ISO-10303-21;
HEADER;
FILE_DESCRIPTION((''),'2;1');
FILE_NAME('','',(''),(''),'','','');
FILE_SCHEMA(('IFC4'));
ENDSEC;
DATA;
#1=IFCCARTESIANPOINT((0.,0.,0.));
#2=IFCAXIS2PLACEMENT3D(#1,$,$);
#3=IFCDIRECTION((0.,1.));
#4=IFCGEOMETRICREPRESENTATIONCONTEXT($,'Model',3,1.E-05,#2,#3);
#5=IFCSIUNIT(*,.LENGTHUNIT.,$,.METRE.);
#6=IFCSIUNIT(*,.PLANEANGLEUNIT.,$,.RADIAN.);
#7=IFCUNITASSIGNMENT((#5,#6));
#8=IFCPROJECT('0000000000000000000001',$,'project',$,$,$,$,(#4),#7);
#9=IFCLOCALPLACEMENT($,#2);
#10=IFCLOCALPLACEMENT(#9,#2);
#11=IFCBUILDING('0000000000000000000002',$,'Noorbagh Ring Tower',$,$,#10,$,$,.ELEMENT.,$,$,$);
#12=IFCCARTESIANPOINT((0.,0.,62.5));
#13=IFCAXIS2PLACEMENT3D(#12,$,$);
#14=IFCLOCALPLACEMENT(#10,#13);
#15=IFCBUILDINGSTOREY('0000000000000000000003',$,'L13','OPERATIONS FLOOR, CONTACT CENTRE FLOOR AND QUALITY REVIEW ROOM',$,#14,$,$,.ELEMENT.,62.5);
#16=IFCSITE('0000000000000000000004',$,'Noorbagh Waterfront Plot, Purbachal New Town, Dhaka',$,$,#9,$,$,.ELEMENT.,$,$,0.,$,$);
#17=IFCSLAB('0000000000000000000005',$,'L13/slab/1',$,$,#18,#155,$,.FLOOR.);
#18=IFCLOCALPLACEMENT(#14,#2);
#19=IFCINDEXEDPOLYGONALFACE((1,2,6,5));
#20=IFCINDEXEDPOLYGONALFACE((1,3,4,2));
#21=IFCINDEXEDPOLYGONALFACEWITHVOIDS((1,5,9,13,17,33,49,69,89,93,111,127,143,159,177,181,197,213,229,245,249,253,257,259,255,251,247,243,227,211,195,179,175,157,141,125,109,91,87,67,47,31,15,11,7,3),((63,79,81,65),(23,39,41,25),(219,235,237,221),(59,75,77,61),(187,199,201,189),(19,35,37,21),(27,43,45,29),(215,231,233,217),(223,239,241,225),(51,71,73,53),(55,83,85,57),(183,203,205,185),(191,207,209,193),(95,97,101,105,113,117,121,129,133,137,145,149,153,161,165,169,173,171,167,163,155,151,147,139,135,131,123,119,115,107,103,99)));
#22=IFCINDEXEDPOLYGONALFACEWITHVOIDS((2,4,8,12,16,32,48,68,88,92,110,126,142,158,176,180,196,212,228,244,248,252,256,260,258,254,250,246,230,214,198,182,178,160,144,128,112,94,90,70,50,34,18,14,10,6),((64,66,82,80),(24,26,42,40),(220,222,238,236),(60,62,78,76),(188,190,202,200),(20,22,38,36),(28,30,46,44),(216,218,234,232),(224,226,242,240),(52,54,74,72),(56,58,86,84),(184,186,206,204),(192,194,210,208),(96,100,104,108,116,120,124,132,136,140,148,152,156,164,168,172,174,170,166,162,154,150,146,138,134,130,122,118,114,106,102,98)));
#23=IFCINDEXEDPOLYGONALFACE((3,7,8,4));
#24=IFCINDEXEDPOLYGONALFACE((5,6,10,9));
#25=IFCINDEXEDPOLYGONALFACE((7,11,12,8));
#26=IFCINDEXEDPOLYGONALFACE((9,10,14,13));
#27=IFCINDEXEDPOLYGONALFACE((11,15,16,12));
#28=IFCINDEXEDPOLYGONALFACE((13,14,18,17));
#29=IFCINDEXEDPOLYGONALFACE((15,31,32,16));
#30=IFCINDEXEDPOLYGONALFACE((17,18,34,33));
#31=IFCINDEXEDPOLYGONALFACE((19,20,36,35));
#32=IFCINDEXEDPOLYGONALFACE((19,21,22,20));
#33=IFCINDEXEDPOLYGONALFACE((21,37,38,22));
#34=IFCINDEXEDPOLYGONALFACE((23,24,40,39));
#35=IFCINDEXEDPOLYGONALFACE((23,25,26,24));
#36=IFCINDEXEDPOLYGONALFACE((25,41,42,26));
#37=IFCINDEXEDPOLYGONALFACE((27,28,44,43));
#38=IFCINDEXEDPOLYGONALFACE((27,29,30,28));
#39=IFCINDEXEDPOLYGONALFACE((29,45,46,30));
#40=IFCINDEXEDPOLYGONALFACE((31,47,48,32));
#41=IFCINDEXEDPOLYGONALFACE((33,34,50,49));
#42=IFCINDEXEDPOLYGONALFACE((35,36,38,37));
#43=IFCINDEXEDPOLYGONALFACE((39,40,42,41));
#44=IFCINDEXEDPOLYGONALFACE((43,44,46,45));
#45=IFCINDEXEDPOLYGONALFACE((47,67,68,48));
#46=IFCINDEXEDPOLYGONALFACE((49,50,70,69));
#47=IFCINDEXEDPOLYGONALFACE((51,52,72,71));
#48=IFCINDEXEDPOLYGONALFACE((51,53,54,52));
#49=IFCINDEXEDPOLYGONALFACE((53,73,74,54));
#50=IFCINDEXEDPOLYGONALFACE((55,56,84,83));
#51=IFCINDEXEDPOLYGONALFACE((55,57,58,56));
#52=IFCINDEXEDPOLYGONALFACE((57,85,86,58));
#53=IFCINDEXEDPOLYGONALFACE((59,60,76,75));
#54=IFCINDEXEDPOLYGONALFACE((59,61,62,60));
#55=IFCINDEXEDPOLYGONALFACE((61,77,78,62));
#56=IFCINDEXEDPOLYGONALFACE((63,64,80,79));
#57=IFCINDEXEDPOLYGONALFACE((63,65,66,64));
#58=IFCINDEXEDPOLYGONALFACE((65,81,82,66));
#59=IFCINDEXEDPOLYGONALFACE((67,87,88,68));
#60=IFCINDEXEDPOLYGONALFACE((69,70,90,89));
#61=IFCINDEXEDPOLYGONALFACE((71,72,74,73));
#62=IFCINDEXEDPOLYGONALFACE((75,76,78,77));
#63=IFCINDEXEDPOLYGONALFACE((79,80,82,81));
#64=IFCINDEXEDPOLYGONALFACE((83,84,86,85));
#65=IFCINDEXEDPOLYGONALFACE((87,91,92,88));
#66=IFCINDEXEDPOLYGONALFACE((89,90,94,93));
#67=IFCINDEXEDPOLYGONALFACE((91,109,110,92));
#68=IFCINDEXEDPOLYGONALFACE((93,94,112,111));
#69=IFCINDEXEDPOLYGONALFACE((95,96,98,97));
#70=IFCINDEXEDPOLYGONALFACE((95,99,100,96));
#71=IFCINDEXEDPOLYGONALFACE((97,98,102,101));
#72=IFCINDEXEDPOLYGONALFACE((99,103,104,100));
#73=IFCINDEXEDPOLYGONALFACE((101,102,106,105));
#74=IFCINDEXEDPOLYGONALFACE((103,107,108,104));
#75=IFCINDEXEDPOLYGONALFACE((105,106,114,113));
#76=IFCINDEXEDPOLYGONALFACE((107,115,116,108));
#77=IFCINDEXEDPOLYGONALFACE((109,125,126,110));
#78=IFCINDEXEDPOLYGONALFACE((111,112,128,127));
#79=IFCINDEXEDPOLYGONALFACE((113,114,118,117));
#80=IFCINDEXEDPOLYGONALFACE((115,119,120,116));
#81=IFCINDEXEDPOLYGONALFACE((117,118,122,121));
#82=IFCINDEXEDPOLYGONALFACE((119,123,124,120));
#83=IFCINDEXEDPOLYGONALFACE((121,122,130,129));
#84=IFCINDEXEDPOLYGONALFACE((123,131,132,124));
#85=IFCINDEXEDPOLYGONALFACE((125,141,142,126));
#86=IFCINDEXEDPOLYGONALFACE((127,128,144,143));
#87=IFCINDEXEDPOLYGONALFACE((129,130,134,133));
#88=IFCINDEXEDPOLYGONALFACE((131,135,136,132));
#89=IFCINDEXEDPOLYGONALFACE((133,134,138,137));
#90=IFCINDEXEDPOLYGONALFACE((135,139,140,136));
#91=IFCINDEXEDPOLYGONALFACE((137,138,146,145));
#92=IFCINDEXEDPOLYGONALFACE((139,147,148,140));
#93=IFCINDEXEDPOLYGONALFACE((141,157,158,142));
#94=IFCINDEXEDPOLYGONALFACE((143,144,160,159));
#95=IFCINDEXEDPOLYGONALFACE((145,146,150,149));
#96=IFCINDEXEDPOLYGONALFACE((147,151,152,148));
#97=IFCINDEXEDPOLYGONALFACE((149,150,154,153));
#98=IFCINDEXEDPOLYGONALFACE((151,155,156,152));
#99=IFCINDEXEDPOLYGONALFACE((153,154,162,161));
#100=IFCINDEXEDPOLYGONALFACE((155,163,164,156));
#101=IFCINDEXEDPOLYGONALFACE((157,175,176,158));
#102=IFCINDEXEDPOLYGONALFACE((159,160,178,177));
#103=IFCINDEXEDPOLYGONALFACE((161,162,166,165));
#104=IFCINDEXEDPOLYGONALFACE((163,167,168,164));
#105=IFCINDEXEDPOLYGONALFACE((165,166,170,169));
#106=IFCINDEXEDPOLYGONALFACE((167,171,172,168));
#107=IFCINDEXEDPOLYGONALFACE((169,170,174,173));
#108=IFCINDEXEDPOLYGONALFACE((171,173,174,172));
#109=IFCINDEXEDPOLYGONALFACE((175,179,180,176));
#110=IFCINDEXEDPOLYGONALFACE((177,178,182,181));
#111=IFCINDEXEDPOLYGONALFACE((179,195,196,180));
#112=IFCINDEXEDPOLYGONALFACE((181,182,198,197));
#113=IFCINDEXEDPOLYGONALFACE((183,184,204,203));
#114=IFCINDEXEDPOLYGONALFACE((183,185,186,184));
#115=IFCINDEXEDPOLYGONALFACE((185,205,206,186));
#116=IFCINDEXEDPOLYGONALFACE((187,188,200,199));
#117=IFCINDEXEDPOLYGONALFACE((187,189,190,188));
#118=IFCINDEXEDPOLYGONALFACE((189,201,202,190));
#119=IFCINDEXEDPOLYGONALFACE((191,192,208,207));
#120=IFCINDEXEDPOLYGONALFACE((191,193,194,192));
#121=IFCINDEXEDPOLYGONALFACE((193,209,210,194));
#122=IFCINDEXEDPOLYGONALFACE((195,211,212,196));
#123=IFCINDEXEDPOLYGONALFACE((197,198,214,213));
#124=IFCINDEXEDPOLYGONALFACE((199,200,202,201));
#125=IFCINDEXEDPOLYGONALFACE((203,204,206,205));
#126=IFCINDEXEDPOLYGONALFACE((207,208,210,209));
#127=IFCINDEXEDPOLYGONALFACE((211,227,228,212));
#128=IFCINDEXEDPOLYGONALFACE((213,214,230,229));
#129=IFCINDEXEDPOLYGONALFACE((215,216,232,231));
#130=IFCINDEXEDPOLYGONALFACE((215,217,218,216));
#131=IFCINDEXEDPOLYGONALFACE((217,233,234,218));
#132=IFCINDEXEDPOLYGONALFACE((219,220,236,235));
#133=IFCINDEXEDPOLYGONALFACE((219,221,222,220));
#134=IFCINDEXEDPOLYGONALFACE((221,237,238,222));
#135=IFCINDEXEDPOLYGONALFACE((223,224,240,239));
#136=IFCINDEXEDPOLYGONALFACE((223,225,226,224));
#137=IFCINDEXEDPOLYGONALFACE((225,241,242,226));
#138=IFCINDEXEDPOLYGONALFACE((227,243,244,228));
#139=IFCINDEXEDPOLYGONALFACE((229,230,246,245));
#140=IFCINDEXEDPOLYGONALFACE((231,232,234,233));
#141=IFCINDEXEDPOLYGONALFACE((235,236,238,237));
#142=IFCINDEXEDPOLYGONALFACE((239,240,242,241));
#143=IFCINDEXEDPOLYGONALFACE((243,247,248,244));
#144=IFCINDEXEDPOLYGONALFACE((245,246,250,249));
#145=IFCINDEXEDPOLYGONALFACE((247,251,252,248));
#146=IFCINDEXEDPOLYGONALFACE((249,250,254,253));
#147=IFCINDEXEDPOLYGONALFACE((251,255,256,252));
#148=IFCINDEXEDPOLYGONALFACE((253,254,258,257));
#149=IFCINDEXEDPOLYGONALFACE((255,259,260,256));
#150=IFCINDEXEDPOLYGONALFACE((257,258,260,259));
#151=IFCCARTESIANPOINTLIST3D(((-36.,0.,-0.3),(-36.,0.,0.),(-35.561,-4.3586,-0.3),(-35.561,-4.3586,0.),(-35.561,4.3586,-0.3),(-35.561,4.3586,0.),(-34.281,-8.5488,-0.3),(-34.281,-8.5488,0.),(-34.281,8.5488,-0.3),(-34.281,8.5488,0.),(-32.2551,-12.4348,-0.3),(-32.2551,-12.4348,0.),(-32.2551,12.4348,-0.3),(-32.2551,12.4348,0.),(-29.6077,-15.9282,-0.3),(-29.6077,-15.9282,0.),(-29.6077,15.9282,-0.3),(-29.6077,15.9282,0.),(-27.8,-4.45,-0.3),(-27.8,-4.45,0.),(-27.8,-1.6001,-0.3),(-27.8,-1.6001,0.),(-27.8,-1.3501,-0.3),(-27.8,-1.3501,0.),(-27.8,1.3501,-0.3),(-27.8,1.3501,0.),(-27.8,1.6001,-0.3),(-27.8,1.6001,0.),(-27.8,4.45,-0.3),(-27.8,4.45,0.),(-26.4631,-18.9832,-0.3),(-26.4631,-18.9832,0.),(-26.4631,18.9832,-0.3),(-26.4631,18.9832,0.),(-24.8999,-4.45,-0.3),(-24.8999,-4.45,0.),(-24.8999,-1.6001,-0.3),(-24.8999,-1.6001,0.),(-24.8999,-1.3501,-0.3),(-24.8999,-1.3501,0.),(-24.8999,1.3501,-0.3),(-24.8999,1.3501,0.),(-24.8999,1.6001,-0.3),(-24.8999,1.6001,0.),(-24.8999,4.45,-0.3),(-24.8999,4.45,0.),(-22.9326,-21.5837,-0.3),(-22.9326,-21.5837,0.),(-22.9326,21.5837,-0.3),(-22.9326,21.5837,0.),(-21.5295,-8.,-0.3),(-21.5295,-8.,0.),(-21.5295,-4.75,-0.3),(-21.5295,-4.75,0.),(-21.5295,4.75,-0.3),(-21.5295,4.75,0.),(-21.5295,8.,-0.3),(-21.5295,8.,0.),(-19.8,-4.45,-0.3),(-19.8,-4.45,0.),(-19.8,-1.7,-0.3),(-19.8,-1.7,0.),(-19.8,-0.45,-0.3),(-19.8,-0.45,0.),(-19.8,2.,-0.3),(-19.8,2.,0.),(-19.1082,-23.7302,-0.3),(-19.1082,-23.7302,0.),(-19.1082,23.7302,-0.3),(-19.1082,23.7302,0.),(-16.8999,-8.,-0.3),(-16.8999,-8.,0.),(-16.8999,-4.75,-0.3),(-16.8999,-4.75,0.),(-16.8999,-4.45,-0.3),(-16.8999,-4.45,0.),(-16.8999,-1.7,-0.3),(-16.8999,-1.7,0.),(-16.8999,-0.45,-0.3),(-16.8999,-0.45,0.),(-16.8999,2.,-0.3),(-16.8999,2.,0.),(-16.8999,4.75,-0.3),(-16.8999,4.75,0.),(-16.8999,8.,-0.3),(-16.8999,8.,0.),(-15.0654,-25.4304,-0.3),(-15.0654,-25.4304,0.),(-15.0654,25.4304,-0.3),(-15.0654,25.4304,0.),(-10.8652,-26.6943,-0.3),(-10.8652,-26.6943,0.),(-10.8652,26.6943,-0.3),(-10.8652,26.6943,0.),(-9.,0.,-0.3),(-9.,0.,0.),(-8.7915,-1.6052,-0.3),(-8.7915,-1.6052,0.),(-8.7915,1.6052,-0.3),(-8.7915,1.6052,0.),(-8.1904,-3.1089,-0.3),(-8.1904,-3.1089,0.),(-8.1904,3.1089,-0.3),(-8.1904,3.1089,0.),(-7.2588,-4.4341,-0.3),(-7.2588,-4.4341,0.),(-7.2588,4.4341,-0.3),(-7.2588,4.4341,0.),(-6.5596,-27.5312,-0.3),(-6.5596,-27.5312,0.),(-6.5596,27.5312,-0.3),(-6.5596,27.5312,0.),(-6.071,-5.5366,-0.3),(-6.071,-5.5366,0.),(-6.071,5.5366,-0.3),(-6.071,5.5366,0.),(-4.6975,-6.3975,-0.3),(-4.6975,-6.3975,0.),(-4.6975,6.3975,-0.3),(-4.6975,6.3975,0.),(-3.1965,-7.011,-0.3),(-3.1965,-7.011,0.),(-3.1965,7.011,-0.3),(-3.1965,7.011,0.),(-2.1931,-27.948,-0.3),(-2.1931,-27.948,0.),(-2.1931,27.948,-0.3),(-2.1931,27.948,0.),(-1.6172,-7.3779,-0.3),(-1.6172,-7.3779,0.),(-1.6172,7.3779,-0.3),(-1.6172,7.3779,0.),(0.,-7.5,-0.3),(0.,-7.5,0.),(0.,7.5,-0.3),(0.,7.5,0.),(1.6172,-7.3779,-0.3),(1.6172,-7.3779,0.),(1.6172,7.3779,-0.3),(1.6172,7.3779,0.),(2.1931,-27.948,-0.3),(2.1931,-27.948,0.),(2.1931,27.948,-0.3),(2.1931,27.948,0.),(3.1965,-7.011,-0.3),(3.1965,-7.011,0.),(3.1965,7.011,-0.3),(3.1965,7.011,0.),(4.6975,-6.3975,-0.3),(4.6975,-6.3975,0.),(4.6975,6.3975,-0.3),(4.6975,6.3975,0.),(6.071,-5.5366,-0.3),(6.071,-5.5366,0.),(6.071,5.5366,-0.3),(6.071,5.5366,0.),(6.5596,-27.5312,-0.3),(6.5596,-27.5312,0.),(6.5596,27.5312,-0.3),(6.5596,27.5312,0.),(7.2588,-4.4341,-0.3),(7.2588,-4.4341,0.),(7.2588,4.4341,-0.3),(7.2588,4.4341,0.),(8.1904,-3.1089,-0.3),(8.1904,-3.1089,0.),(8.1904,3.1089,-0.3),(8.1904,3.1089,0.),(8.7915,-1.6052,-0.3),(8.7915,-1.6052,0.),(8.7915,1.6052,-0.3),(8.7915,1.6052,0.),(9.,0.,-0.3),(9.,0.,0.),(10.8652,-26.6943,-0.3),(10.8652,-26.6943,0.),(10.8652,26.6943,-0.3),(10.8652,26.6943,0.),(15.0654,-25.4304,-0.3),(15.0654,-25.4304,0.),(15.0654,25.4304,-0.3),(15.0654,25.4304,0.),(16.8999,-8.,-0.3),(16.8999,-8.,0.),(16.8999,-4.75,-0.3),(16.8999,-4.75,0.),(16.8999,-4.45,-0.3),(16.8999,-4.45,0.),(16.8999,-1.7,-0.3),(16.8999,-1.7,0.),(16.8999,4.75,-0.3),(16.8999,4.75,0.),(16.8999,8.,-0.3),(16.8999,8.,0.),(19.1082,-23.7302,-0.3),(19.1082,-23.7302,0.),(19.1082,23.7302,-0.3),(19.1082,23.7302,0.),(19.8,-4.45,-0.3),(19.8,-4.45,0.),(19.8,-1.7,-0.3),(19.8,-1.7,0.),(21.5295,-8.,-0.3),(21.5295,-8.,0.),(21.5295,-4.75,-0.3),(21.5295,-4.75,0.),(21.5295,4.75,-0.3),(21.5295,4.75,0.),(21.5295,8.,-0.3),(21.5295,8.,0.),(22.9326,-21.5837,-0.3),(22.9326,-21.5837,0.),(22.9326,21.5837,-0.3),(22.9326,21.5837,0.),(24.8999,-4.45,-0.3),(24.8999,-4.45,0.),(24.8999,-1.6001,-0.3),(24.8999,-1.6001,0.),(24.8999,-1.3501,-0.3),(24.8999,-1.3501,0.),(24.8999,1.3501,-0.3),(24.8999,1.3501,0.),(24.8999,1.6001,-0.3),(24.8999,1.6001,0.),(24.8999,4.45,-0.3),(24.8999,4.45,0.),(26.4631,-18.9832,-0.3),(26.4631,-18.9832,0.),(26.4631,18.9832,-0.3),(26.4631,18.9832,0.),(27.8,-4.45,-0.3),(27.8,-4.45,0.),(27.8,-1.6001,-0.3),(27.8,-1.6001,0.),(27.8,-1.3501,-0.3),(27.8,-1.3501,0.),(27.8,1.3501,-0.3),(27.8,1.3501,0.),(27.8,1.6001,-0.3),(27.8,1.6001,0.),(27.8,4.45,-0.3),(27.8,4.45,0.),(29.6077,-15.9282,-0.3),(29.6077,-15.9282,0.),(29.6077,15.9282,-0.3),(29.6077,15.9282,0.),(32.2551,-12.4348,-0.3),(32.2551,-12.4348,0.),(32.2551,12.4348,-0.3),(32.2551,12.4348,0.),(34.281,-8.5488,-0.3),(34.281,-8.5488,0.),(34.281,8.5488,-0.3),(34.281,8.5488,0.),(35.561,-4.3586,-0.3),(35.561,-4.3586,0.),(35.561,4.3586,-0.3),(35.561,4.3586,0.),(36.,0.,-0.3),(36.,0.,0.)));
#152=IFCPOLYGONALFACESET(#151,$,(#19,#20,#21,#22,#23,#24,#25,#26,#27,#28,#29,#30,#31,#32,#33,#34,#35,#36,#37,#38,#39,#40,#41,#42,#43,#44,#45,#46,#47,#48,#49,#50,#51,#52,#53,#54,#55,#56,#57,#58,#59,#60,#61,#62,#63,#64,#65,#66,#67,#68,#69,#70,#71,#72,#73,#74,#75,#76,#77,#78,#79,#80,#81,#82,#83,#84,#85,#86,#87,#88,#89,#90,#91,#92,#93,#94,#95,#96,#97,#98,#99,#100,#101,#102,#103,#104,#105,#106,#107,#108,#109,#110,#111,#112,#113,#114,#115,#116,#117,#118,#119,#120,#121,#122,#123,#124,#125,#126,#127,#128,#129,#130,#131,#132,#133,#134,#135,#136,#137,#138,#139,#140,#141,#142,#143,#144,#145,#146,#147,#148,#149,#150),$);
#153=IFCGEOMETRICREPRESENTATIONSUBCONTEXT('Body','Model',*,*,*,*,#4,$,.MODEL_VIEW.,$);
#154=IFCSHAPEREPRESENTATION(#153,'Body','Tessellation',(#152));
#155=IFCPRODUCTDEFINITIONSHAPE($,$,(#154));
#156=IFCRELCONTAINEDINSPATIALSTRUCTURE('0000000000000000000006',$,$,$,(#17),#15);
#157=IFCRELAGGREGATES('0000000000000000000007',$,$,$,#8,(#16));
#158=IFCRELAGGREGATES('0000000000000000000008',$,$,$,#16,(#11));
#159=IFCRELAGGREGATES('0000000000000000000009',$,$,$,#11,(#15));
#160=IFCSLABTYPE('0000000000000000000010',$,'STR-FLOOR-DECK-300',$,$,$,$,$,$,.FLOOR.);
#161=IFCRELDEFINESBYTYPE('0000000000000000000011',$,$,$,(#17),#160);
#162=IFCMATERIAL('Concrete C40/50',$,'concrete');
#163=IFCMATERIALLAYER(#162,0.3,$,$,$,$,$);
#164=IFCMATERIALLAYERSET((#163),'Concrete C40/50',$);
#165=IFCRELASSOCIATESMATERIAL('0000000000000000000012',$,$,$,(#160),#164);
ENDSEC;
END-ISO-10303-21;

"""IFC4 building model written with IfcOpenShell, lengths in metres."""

from ifc_helpers import new_model, si_unit, direction, frame, origin, place, context, subcontext, project, spatial, polyline, outline, extrude, material, layer, layer_set, type_object, element, save


model = new_model("IFC4")

# Units and contexts
model_context = context("Model", 3, precision=1e-05, world=origin(), true_north=direction((0.0, 1.0)))
body_context = subcontext(model_context, "Body", "Model", "MODEL_VIEW")
ifc_project = project(units=[si_unit("LENGTHUNIT", "METRE"), si_unit("PLANEANGLEUNIT", "RADIAN")], contexts=[model_context])

# Site, building, storey
site_placement = place(None, origin())
site = spatial("IfcSite", under=ifc_project, at=site_placement, Name="Noorbagh Waterfront Plot, Purbachal New Town, Dhaka", CompositionType="ELEMENT", RefElevation=0.0)
building_placement = place(site_placement, origin())
building = spatial("IfcBuilding", under=site, at=building_placement, Name="Noorbagh Ring Tower", CompositionType="ELEMENT")
storey_placement = place(building_placement, frame((0.0, 0.0, 62.5)))
storey = spatial("IfcBuildingStorey", under=building, at=storey_placement, Name="L13", Description="OPERATIONS FLOOR, CONTACT CENTRE FLOOR AND QUALITY REVIEW ROOM", CompositionType="ELEMENT", Elevation=62.5)

# Slab
ifc_material_1 = material(Name="Concrete C40/50", Category="concrete")
ifc_layer_1 = layer(ifc_material_1, 0.3)
ifc_layer_set_1 = layer_set([ifc_layer_1], Name="Concrete C40/50")
slab_type_1 = type_object("IfcSlabType", Name="STR-FLOOR-DECK-300", PredefinedType="FLOOR", material=ifc_layer_set_1)
slab_1_placement = place(storey_placement, frame((0.0, 0.0, -0.3)))
element("IfcSlab", 1, at=slab_1_placement, inside=storey, type_object=slab_type_1, Name="L13/slab/1", PredefinedType="FLOOR", context=body_context, shape_type="SweptSolid", body=[
    extrude(outline(polyline([(36.0, 0.0), (35.561, 4.3586), (34.281, 8.5488), (32.2551, 12.4348), (29.6077, 15.9282), (26.4631, 18.9832), (22.9326, 21.5837), (19.1082, 23.7302), (15.0654, 25.4304), (10.8652, 26.6943), (6.5596, 27.5312), (2.1931, 27.948), (-2.1931, 27.948), (-6.5596, 27.5312), (-10.8652, 26.6943), (-15.0654, 25.4304), (-19.1082, 23.7302), (-22.9326, 21.5837), (-26.4631, 18.9832), (-29.6077, 15.9282), (-32.2551, 12.4348), (-34.281, 8.5488), (-35.561, 4.3586), (-36.0, 0.0), (-35.561, -4.3586), (-34.281, -8.5488), (-32.2551, -12.4348), (-29.6077, -15.9282), (-26.4631, -18.9832), (-22.9326, -21.5837), (-19.1082, -23.7302), (-15.0654, -25.4304), (-10.8652, -26.6943), (-6.5596, -27.5312), (-2.1931, -27.948), (2.1931, -27.948), (6.5596, -27.5312), (10.8652, -26.6943), (15.0654, -25.4304), (19.1082, -23.7302), (22.9326, -21.5837), (26.4631, -18.9832), (29.6077, -15.9282), (32.2551, -12.4348), (34.281, -8.5488), (35.561, -4.3586), (36.0, 0.0)]), holes=[polyline([(24.8999, -1.6001), (27.8, -1.6001), (27.8, -4.45), (24.8999, -4.45), (24.8999, -1.6001)]), polyline([(24.8999, 1.3501), (27.8, 1.3501), (27.8, -1.3501), (24.8999, -1.3501), (24.8999, 1.3501)]), polyline([(24.8999, 4.45), (27.8, 4.45), (27.8, 1.6001), (24.8999, 1.6001), (24.8999, 4.45)]), polyline([(21.5295, -4.75), (21.5295, -8.0), (16.8999, -8.0), (16.8999, -4.75), (21.5295, -4.75)]), polyline([(21.5295, 4.75), (16.8999, 4.75), (16.8999, 8.0), (21.5295, 8.0), (21.5295, 4.75)]), polyline([(16.8999, -1.7), (19.8, -1.7), (19.8, -4.45), (16.8999, -4.45), (16.8999, -1.7)]), polyline([(4.6975, -6.3975), (3.1965, -7.011), (1.6172, -7.3779), (0.0, -7.5), (-1.6172, -7.3779), (-3.1965, -7.011), (-4.6975, -6.3975), (-6.071, -5.5366), (-7.2588, -4.4341), (-8.1904, -3.1089), (-8.7915, -1.6052), (-9.0, 0.0), (-8.7915, 1.6052), (-8.1904, 3.1089), (-7.2588, 4.4341), (-6.071, 5.5366), (-4.6975, 6.3975), (-3.1965, 7.011), (-1.6172, 7.3779), (0.0, 7.5), (1.6172, 7.3779), (3.1965, 7.011), (4.6975, 6.3975), (6.071, 5.5366), (7.2588, 4.4341), (8.1904, 3.1089), (8.7915, 1.6052), (9.0, 0.0), (8.7915, -1.6052), (8.1904, -3.1089), (7.2588, -4.4341), (6.071, -5.5366), (4.6975, -6.3975)]), polyline([(-21.5295, -8.0), (-21.5295, -4.75), (-16.8999, -4.75), (-16.8999, -8.0), (-21.5295, -8.0)]), polyline([(-21.5295, 8.0), (-16.8999, 8.0), (-16.8999, 4.75), (-21.5295, 4.75), (-21.5295, 8.0)]), polyline([(-16.8999, -4.45), (-19.8, -4.45), (-19.8, -1.7), (-16.8999, -1.7), (-16.8999, -4.45)]), polyline([(-16.8999, -0.45), (-19.8, -0.45), (-19.8, 2.0), (-16.8999, 2.0), (-16.8999, -0.45)]), polyline([(-24.8999, -4.45), (-27.8, -4.45), (-27.8, -1.6001), (-24.8999, -1.6001), (-24.8999, -4.45)]), polyline([(-24.8999, -1.3501), (-27.8, -1.3501), (-27.8, 1.3501), (-24.8999, 1.3501), (-24.8999, -1.3501)]), polyline([(-24.8999, 1.6001), (-27.8, 1.6001), (-27.8, 4.45), (-24.8999, 4.45), (-24.8999, 1.6001)])]), origin(), (0.0, 0.0, 1.0), 0.3),
])

save(model, "model.ifc")
